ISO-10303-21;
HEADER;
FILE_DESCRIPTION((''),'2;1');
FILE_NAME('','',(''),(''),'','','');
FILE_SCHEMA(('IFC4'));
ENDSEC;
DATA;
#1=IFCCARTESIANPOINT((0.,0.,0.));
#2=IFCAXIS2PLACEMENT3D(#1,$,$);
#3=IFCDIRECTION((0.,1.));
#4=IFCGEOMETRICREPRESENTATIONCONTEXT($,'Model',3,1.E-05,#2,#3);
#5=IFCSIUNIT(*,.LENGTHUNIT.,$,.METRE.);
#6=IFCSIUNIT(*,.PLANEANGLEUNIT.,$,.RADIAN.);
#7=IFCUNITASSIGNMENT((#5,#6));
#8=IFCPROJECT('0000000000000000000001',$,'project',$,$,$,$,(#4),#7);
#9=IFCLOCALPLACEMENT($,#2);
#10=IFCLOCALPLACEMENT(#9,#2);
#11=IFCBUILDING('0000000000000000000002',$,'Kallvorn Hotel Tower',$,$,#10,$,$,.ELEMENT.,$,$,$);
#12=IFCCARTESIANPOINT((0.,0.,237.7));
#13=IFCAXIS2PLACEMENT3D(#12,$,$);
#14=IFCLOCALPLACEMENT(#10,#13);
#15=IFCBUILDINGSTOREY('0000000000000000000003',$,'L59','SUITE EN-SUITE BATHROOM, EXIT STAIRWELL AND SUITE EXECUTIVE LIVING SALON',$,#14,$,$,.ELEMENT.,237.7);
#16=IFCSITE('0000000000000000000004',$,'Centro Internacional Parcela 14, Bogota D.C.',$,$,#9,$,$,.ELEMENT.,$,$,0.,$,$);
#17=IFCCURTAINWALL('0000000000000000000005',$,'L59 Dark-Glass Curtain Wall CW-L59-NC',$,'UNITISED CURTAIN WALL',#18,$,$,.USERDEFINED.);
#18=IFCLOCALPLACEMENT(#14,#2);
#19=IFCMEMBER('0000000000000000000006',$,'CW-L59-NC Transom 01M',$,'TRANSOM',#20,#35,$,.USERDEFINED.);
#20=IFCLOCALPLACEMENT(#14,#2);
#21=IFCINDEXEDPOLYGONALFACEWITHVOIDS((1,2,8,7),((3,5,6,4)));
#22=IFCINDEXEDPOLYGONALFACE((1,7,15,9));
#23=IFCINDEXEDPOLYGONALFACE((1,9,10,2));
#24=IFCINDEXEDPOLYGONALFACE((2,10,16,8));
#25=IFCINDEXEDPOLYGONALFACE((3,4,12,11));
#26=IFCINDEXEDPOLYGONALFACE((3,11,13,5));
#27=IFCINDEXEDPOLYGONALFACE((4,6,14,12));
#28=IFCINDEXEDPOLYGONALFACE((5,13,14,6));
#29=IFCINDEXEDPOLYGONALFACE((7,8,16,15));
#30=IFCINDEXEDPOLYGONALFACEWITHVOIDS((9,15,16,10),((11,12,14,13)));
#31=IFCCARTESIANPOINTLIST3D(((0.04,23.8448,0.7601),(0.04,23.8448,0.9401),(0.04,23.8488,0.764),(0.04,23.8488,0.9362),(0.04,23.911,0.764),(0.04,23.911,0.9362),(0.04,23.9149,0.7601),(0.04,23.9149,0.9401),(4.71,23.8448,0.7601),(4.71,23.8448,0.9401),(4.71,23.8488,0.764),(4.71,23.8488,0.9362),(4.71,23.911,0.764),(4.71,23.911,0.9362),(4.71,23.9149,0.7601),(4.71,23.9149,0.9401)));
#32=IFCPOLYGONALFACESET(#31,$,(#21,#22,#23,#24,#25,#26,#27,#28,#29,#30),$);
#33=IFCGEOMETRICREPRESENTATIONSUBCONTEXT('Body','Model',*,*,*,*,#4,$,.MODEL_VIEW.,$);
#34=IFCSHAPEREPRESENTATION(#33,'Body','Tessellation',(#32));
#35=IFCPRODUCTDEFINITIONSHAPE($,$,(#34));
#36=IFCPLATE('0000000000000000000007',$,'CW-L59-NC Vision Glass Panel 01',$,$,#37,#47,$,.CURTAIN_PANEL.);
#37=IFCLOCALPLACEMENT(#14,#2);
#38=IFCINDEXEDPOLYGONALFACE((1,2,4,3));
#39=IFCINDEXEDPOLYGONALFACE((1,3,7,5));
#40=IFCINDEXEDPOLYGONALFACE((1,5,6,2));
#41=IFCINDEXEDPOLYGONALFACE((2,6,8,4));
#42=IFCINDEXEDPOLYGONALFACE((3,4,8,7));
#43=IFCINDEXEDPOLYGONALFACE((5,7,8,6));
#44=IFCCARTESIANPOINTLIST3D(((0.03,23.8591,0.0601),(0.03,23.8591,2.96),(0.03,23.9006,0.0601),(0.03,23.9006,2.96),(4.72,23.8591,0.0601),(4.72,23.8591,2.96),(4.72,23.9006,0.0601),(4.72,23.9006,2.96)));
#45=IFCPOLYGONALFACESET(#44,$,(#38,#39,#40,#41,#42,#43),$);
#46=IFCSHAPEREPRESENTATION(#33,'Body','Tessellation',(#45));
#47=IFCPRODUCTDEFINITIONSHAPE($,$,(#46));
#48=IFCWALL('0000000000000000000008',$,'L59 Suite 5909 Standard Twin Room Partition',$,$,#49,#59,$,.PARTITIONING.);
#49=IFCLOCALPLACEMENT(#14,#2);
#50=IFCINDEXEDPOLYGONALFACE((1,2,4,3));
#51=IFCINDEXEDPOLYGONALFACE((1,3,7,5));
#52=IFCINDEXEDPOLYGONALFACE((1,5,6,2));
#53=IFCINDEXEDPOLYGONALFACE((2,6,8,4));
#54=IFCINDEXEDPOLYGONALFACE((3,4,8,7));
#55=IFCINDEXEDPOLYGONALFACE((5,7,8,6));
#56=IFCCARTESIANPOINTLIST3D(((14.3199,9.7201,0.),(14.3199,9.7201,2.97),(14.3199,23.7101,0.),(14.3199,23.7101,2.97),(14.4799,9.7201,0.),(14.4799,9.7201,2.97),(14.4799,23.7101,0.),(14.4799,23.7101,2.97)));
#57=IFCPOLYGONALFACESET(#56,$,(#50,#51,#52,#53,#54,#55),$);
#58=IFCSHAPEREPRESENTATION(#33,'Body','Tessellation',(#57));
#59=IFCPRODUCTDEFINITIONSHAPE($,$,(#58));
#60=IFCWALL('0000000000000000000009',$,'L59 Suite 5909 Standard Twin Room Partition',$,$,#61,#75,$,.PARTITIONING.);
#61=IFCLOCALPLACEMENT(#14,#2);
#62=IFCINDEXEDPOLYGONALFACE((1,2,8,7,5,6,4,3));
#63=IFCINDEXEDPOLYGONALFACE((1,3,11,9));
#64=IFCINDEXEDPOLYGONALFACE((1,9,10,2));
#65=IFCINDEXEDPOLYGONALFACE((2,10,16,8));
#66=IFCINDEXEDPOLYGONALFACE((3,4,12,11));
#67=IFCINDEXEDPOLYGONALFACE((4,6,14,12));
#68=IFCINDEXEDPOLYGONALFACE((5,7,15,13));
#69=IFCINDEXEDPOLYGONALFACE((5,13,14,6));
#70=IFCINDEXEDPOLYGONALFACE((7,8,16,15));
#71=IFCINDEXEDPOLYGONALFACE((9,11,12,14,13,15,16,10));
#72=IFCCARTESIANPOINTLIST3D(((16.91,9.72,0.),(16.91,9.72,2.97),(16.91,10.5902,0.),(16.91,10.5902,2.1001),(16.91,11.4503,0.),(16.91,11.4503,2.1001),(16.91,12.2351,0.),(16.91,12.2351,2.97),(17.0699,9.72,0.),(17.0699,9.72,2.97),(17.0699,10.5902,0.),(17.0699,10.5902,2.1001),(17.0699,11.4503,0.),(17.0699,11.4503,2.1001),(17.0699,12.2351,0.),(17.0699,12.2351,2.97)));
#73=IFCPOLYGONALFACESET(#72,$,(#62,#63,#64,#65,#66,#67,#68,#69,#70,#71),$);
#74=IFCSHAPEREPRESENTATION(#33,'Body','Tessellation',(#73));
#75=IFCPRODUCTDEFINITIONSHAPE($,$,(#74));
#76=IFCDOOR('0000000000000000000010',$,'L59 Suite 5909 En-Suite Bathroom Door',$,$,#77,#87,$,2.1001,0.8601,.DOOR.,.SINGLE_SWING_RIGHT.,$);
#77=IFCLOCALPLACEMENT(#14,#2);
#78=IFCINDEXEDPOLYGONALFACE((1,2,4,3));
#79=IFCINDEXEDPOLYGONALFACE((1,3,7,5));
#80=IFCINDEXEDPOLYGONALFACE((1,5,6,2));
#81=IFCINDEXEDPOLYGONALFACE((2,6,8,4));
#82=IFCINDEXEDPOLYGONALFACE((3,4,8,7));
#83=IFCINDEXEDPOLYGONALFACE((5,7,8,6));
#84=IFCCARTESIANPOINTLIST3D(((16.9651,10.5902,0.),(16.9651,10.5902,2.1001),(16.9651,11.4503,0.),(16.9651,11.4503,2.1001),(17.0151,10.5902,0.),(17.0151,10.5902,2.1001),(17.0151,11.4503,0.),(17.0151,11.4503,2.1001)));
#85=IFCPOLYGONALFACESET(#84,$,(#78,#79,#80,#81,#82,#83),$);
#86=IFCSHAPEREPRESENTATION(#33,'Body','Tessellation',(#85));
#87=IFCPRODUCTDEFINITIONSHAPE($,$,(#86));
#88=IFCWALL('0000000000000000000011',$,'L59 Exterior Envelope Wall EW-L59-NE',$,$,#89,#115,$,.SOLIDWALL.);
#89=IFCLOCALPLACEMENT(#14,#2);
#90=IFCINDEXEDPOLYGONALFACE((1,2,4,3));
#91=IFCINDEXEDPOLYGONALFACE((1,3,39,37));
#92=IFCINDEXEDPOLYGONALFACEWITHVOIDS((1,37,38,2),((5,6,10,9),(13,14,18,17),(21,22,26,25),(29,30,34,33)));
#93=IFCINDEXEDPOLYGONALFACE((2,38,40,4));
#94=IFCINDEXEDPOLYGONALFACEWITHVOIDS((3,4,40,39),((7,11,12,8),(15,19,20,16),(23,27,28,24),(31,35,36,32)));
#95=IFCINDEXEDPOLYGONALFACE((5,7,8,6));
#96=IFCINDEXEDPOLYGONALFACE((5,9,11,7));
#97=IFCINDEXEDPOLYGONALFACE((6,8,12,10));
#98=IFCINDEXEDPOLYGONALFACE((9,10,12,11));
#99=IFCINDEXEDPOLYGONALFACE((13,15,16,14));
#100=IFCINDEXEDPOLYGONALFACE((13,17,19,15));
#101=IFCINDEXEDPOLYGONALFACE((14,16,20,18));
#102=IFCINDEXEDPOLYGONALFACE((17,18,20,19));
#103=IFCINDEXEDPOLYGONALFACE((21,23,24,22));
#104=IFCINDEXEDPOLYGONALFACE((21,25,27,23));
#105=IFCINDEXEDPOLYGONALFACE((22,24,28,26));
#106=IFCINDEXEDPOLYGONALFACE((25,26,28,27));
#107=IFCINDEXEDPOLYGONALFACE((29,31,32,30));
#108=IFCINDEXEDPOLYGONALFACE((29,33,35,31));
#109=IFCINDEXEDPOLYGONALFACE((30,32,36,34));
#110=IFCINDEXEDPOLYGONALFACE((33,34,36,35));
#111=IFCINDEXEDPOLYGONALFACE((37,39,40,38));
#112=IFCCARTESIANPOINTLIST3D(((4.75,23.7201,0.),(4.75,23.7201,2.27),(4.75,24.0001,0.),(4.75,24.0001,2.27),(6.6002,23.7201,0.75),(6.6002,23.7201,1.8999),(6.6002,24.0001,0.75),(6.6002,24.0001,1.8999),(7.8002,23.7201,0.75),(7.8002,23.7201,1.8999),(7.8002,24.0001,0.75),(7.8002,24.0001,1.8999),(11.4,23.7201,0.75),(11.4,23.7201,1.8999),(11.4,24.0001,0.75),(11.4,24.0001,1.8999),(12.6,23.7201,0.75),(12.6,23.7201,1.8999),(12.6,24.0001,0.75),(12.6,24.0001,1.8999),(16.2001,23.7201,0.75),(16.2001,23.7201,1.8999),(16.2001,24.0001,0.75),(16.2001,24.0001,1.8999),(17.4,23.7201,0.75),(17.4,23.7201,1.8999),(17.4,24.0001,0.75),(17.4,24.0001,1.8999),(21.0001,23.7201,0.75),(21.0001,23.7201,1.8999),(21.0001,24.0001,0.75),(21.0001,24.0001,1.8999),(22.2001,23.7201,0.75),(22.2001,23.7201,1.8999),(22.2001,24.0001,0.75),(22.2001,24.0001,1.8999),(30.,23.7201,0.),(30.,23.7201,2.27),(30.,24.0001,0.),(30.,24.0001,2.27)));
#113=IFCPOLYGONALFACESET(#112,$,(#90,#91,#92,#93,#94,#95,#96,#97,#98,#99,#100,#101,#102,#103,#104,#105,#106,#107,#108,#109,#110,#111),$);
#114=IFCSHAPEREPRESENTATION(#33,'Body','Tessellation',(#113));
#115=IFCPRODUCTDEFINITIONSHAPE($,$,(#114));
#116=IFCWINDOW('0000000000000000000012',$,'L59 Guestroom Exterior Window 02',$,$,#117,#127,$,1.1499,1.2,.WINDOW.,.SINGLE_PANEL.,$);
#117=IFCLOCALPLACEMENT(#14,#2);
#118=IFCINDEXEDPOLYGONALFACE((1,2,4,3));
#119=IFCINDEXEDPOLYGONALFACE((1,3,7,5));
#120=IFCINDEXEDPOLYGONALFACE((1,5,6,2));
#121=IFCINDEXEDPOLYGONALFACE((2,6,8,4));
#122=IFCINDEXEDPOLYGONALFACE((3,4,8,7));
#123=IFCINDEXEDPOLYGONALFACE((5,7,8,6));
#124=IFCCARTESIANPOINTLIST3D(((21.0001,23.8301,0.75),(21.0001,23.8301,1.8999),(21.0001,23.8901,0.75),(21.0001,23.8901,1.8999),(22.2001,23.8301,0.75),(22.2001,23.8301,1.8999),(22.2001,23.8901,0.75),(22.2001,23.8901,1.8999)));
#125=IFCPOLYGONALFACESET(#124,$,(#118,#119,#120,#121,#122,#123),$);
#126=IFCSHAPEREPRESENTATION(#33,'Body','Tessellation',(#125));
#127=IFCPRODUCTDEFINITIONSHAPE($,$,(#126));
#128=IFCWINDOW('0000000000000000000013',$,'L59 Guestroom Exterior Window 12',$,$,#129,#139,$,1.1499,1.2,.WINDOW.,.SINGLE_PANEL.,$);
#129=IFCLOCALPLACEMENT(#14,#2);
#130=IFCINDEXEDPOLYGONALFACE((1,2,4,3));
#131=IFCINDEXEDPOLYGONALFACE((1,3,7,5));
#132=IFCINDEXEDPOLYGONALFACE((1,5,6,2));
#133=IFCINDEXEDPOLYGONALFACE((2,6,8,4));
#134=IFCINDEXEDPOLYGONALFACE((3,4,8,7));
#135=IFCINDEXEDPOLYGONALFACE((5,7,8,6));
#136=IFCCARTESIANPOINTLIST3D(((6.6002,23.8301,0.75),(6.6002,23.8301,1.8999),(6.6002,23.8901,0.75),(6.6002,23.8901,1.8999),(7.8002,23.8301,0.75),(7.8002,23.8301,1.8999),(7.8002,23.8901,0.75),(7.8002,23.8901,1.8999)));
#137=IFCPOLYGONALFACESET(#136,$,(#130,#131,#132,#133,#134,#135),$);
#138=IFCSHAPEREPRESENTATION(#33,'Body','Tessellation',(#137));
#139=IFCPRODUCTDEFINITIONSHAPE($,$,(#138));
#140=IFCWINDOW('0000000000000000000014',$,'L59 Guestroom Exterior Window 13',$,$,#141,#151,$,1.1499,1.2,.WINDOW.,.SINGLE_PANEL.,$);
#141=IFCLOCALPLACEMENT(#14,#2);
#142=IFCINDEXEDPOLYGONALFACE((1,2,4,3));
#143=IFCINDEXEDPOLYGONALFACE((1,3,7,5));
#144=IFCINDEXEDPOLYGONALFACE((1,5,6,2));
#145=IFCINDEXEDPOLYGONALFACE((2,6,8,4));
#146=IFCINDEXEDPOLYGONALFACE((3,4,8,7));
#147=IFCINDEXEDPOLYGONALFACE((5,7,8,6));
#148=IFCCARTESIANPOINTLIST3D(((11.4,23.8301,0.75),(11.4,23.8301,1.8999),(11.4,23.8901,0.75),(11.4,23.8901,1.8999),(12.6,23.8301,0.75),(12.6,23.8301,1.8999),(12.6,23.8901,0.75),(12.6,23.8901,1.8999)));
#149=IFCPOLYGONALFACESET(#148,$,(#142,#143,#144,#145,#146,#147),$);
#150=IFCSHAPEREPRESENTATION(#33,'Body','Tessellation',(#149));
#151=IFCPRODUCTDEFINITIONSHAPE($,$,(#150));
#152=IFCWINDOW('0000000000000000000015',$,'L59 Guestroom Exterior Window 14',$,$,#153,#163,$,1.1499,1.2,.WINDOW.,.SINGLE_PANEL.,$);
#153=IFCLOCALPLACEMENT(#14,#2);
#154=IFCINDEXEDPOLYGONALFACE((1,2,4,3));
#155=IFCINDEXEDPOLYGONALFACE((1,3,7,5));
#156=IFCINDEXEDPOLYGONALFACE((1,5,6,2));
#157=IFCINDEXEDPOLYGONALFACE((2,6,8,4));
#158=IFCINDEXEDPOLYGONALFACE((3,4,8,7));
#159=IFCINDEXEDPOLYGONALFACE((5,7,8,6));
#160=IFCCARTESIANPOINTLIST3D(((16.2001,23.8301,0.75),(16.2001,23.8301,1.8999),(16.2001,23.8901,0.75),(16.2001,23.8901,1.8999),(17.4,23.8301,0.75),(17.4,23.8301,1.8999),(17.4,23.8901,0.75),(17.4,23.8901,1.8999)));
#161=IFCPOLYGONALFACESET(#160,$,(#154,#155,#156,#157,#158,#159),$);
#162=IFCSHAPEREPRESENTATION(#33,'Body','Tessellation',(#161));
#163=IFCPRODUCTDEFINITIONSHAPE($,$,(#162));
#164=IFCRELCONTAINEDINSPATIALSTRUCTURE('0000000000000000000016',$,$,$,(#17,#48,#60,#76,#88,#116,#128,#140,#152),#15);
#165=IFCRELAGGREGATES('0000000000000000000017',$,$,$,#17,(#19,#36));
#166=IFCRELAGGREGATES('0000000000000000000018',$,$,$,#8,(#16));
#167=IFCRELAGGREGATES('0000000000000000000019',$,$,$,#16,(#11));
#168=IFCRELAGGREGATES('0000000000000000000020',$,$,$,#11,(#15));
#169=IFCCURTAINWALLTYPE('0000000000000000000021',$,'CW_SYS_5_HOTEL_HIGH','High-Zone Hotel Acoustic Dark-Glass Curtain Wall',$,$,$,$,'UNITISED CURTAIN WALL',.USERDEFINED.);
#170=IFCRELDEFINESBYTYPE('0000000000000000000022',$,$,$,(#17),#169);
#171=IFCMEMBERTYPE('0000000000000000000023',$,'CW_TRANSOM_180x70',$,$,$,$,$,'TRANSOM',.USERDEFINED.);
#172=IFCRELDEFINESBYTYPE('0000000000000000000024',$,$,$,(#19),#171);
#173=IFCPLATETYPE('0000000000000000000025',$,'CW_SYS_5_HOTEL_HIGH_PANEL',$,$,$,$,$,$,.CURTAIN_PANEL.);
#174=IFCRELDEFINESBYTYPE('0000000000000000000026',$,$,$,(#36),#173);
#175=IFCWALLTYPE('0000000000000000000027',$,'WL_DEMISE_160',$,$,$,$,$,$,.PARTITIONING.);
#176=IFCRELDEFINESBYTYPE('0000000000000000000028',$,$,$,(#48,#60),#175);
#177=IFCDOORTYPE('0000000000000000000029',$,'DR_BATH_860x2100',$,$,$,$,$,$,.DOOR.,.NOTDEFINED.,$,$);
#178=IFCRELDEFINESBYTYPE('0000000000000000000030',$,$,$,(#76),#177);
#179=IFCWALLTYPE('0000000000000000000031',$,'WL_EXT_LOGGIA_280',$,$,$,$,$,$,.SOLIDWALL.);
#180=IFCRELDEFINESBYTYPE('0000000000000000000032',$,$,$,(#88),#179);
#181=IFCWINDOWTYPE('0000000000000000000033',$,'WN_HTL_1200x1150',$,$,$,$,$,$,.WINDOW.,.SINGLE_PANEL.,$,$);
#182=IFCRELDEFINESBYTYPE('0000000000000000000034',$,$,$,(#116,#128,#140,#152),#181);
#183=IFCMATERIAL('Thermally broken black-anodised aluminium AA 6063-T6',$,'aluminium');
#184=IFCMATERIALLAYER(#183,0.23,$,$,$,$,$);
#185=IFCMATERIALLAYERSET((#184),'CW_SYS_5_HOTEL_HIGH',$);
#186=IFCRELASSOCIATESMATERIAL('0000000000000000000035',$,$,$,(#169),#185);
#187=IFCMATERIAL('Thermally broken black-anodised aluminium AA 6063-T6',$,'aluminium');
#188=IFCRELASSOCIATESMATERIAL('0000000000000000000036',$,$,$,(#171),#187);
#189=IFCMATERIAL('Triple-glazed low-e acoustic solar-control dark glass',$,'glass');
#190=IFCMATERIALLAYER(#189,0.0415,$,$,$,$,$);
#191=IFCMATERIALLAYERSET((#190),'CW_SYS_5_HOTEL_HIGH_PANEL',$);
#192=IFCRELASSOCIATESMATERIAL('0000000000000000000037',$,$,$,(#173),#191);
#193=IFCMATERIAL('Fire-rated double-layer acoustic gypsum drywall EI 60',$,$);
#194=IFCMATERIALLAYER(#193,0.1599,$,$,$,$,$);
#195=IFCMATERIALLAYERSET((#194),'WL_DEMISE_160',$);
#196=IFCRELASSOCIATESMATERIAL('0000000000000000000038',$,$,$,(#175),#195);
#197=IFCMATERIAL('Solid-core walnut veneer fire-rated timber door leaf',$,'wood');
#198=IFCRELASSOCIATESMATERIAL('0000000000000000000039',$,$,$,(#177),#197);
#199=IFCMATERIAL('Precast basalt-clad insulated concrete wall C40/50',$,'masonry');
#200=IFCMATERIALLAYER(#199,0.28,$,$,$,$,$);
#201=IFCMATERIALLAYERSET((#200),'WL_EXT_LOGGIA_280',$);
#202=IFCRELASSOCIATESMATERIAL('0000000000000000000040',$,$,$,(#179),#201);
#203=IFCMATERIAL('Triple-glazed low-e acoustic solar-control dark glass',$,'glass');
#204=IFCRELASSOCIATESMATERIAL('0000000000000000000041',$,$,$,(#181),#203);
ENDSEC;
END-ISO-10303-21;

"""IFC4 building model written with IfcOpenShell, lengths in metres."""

from ifc_helpers import new_model, si_unit, direction, frame, frame_2d, origin, origin_2d, place, context, subcontext, project, spatial, rectangle, hollow_rectangle, extrude, material, layer, layer_set, material_profile, profile_set, type_object, element, fill, aggregate, save


model = new_model("IFC4")

# Units and contexts
model_context = context("Model", 3, precision=1e-05, world=origin(), true_north=direction((0.0, 1.0)))
body_context = subcontext(model_context, "Body", "Model", "MODEL_VIEW")
ifc_project = project(units=[si_unit("LENGTHUNIT", "METRE"), si_unit("PLANEANGLEUNIT", "RADIAN")], contexts=[model_context])

# Site, building, storey
site_placement = place(None, origin())
site = spatial("IfcSite", under=ifc_project, at=site_placement, Name="Centro Internacional Parcela 14, Bogota D.C.", CompositionType="ELEMENT", RefElevation=0.0)
building_placement = place(site_placement, origin())
building = spatial("IfcBuilding", under=site, at=building_placement, Name="Kallvorn Hotel Tower", CompositionType="ELEMENT")
storey_placement = place(building_placement, frame((0.0, 0.0, 237.7)))
storey = spatial("IfcBuildingStorey", under=building, at=storey_placement, Name="L59", Description="SUITE EN-SUITE BATHROOM, EXIT STAIRWELL AND SUITE EXECUTIVE LIVING SALON", CompositionType="ELEMENT", Elevation=237.7)

# Curtain wall, member, plate
ifc_material_1 = material(Name="Thermally broken black-anodised aluminium AA 6063-T6", Category="aluminium")
ifc_layer_1 = layer(ifc_material_1, 0.23)
ifc_layer_set_1 = layer_set([ifc_layer_1], Name="CW_SYS_5_HOTEL_HIGH")
curtain_wall_type = type_object("IfcCurtainWallType", Name="CW_SYS_5_HOTEL_HIGH", Description="High-Zone Hotel Acoustic Dark-Glass Curtain Wall", ElementType="UNITISED CURTAIN WALL", PredefinedType="USERDEFINED", material=ifc_layer_set_1)
curtain_wall_placement = place(storey_placement, origin())
curtain_wall = element("IfcCurtainWall", 1, at=curtain_wall_placement, inside=storey, type_object=curtain_wall_type, Name="L59 Dark-Glass Curtain Wall CW-L59-NC", ObjectType="UNITISED CURTAIN WALL", PredefinedType="USERDEFINED")
ifc_material_2 = material(Name="Thermally broken black-anodised aluminium AA 6063-T6", Category="aluminium")
ifc_material_profile_1 = material_profile(ifc_material_2, hollow_rectangle(XDim=0.0701, YDim=0.1799, WallThickness=0.0039, at=origin_2d()), Name="TRN 180x70")
ifc_profile_set_1 = profile_set([ifc_material_profile_1], Name="Thermally broken black-anodised aluminium AA 6063-T6")
member_type_1 = type_object("IfcMemberType", Name="CW_TRANSOM_180x70", ElementType="TRANSOM", PredefinedType="USERDEFINED", material=ifc_profile_set_1)
member_1_placement = place(storey_placement, frame((0.04, 23.8799, 0.8501), z_axis=(1.0, 0.0, 0.0), x_axis=(0.0, 1.0, 0.0)))
member_1 = element("IfcMember", 2, at=member_1_placement, type_object=member_type_1, Name="CW-L59-NC Transom 01M", ObjectType="TRANSOM", PredefinedType="USERDEFINED", context=body_context, shape_type="SweptSolid", body=[
    extrude(hollow_rectangle(XDim=0.0701, YDim=0.1799, WallThickness=0.0039, at=origin_2d()), origin(), (0.0, 0.0, 1.0), 4.6699),
])
ifc_material_3 = material(Name="Triple-glazed low-e acoustic solar-control dark glass", Category="glass")
ifc_layer_2 = layer(ifc_material_3, 0.0415)
ifc_layer_set_2 = layer_set([ifc_layer_2], Name="CW_SYS_5_HOTEL_HIGH_PANEL")
plate_type = type_object("IfcPlateType", Name="CW_SYS_5_HOTEL_HIGH_PANEL", PredefinedType="CURTAIN_PANEL", material=ifc_layer_set_2)
plate_placement = place(storey_placement, frame((2.375, 23.8799, 0.0601), z_axis=(0.0, 0.0, 1.0), x_axis=(1.0, 0.0, 0.0)))
plate = element("IfcPlate", 3, at=plate_placement, type_object=plate_type, Name="CW-L59-NC Vision Glass Panel 01", PredefinedType="CURTAIN_PANEL", context=body_context, shape_type="SweptSolid", body=[
    extrude(rectangle(XDim=4.6899, YDim=0.0415, at=origin_2d()), origin(), (0.0, 0.0, 1.0), 2.8999),
])
aggregate(curtain_wall, [member_1, plate])

# Wall
ifc_material_4 = material(Name="Fire-rated double-layer acoustic gypsum drywall EI 60")
ifc_layer_3 = layer(ifc_material_4, 0.1599)
ifc_layer_set_3 = layer_set([ifc_layer_3], Name="WL_DEMISE_160")
wall_type_1 = type_object("IfcWallType", Name="WL_DEMISE_160", PredefinedType="PARTITIONING", material=ifc_layer_set_3)
wall_1_placement = place(storey_placement, frame((14.3999, 9.72, 0.0), z_axis=(0.0, 0.0, 1.0), x_axis=(0.0, 1.0, 0.0)))
element("IfcWall", 4, at=wall_1_placement, inside=storey, type_object=wall_type_1, Name="L59 Suite 5909 Standard Twin Room Partition", PredefinedType="PARTITIONING", context=body_context, shape_type="SweptSolid", body=[
    extrude(rectangle(XDim=13.99, YDim=0.1599, at=frame_2d((6.9951, 0.0))), origin(), (0.0, 0.0, 1.0), 2.97),
])

# Wall, opening, door
wall_2_placement = place(storey_placement, frame((16.99, 9.72, 0.0), z_axis=(0.0, 0.0, 1.0), x_axis=(0.0, 1.0, 0.0)))
wall_2 = element("IfcWall", 5, at=wall_2_placement, inside=storey, type_object=wall_type_1, Name="L59 Suite 5909 Standard Twin Room Partition", PredefinedType="PARTITIONING", context=body_context, shape_type="SweptSolid", body=[
    extrude(rectangle(XDim=2.5151, YDim=0.1599, at=frame_2d((1.2576, 0.0))), origin(), (0.0, 0.0, 1.0), 2.97),
])
opening_1_placement = place(wall_2_placement, frame((0.8701, 0.0, 0.0)))
opening_1 = element("IfcOpeningElement", 6, at=opening_1_placement, cuts=wall_2, PredefinedType="OPENING", context=body_context, shape_type="SweptSolid", body=[
    extrude(rectangle(XDim=0.8601, YDim=2.1001, at=frame_2d((0.4302, 1.05))), frame((0.0, 0.095, 0.0), z_axis=(0.0, -1.0, 0.0), x_axis=(1.0, 0.0, 0.0)), (0.0, 0.0, 1.0), 0.1899),
])
ifc_material_5 = material(Name="Solid-core walnut veneer fire-rated timber door leaf", Category="wood")
door_type = type_object("IfcDoorType", Name="DR_BATH_860x2100", OperationType="NOTDEFINED", PredefinedType="DOOR", material=ifc_material_5)
door_placement = place(opening_1_placement, origin())
door = element("IfcDoor", 7, at=door_placement, inside=storey, type_object=door_type, Name="L59 Suite 5909 En-Suite Bathroom Door", OperationType="SINGLE_SWING_RIGHT", OverallHeight=2.1001, OverallWidth=0.8601, PredefinedType="DOOR", context=body_context, shape_type="SweptSolid", body=[
    extrude(rectangle(XDim=0.8601, YDim=2.1001, at=frame_2d((0.4302, 1.05))), frame((0.0, 0.0249, 0.0), z_axis=(0.0, -1.0, 0.0), x_axis=(1.0, 0.0, 0.0)), (0.0, 0.0, 1.0), 0.05),
])
fill(opening_1, door)

# Wall, openings, windows
ifc_material_6 = material(Name="Precast basalt-clad insulated concrete wall C40/50", Category="masonry")
ifc_layer_4 = layer(ifc_material_6, 0.28)
ifc_layer_set_4 = layer_set([ifc_layer_4], Name="WL_EXT_LOGGIA_280")
wall_type_2 = type_object("IfcWallType", Name="WL_EXT_LOGGIA_280", PredefinedType="SOLIDWALL", material=ifc_layer_set_4)
wall_3_placement = place(storey_placement, frame((4.75, 23.8601, 0.0), z_axis=(0.0, 0.0, 1.0), x_axis=(1.0, 0.0, 0.0)))
wall_3 = element("IfcWall", 8, at=wall_3_placement, inside=storey, type_object=wall_type_2, Name="L59 Exterior Envelope Wall EW-L59-NE", PredefinedType="SOLIDWALL", context=body_context, shape_type="SweptSolid", body=[
    extrude(rectangle(XDim=25.25, YDim=0.28, at=frame_2d((12.625, 0.0))), origin(), (0.0, 0.0, 1.0), 2.27),
])
opening_2_placement = place(wall_3_placement, frame((16.25, 0.0, 0.75)))
opening_2 = element("IfcOpeningElement", 9, at=opening_2_placement, cuts=wall_3, PredefinedType="OPENING", context=body_context, shape_type="SweptSolid", body=[
    extrude(rectangle(XDim=1.2, YDim=1.1499, at=frame_2d((0.6001, 0.575))), frame((0.0, 0.155, 0.0), z_axis=(0.0, -1.0, 0.0), x_axis=(1.0, 0.0, 0.0)), (0.0, 0.0, 1.0), 0.3101),
])
opening_3_placement = place(wall_3_placement, frame((1.8501, 0.0, 0.75)))
opening_3 = element("IfcOpeningElement", 10, at=opening_3_placement, cuts=wall_3, PredefinedType="OPENING", context=body_context, shape_type="SweptSolid", body=[
    extrude(rectangle(XDim=1.2, YDim=1.1499, at=frame_2d((0.6001, 0.575))), frame((0.0, 0.155, 0.0), z_axis=(0.0, -1.0, 0.0), x_axis=(1.0, 0.0, 0.0)), (0.0, 0.0, 1.0), 0.3101),
])
opening_4_placement = place(wall_3_placement, frame((6.6499, 0.0, 0.75)))
opening_4 = element("IfcOpeningElement", 11, at=opening_4_placement, cuts=wall_3, PredefinedType="OPENING", context=body_context, shape_type="SweptSolid", body=[
    extrude(rectangle(XDim=1.2, YDim=1.1499, at=frame_2d((0.6001, 0.575))), frame((0.0, 0.155, 0.0), z_axis=(0.0, -1.0, 0.0), x_axis=(1.0, 0.0, 0.0)), (0.0, 0.0, 1.0), 0.3101),
])
opening_5_placement = place(wall_3_placement, frame((11.45, 0.0, 0.75)))
opening_5 = element("IfcOpeningElement", 12, at=opening_5_placement, cuts=wall_3, PredefinedType="OPENING", context=body_context, shape_type="SweptSolid", body=[
    extrude(rectangle(XDim=1.2, YDim=1.1499, at=frame_2d((0.6001, 0.575))), frame((0.0, 0.155, 0.0), z_axis=(0.0, -1.0, 0.0), x_axis=(1.0, 0.0, 0.0)), (0.0, 0.0, 1.0), 0.3101),
])
ifc_material_7 = material(Name="Triple-glazed low-e acoustic solar-control dark glass", Category="glass")
window_type = type_object("IfcWindowType", Name="WN_HTL_1200x1150", PartitioningType="SINGLE_PANEL", PredefinedType="WINDOW", material=ifc_material_7)
window_1_placement = place(opening_2_placement, origin())
window_1 = element("IfcWindow", 13, at=window_1_placement, inside=storey, type_object=window_type, Name="L59 Guestroom Exterior Window 02", OverallHeight=1.1499, OverallWidth=1.2, PartitioningType="SINGLE_PANEL", PredefinedType="WINDOW", context=body_context, shape_type="SweptSolid", body=[
    extrude(rectangle(XDim=1.2, YDim=1.1499, at=frame_2d((0.6001, 0.575))), frame((0.0, 0.03, 0.0), z_axis=(0.0, -1.0, 0.0), x_axis=(1.0, 0.0, 0.0)), (0.0, 0.0, 1.0), 0.0601),
])
fill(opening_2, window_1)
window_2_placement = place(opening_3_placement, origin())
window_2 = element("IfcWindow", 14, at=window_2_placement, inside=storey, type_object=window_type, Name="L59 Guestroom Exterior Window 12", OverallHeight=1.1499, OverallWidth=1.2, PartitioningType="SINGLE_PANEL", PredefinedType="WINDOW", context=body_context, shape_type="SweptSolid", body=[
    extrude(rectangle(XDim=1.2, YDim=1.1499, at=frame_2d((0.6001, 0.575))), frame((0.0, 0.03, 0.0), z_axis=(0.0, -1.0, 0.0), x_axis=(1.0, 0.0, 0.0)), (0.0, 0.0, 1.0), 0.0601),
])
fill(opening_3, window_2)
window_3_placement = place(opening_4_placement, origin())
window_3 = element("IfcWindow", 15, at=window_3_placement, inside=storey, type_object=window_type, Name="L59 Guestroom Exterior Window 13", OverallHeight=1.1499, OverallWidth=1.2, PartitioningType="SINGLE_PANEL", PredefinedType="WINDOW", context=body_context, shape_type="SweptSolid", body=[
    extrude(rectangle(XDim=1.2, YDim=1.1499, at=frame_2d((0.6001, 0.575))), frame((0.0, 0.03, 0.0), z_axis=(0.0, -1.0, 0.0), x_axis=(1.0, 0.0, 0.0)), (0.0, 0.0, 1.0), 0.0601),
])
fill(opening_4, window_3)
window_4_placement = place(opening_5_placement, origin())
window_4 = element("IfcWindow", 16, at=window_4_placement, inside=storey, type_object=window_type, Name="L59 Guestroom Exterior Window 14", OverallHeight=1.1499, OverallWidth=1.2, PartitioningType="SINGLE_PANEL", PredefinedType="WINDOW", context=body_context, shape_type="SweptSolid", body=[
    extrude(rectangle(XDim=1.2, YDim=1.1499, at=frame_2d((0.6001, 0.575))), frame((0.0, 0.03, 0.0), z_axis=(0.0, -1.0, 0.0), x_axis=(1.0, 0.0, 0.0)), (0.0, 0.0, 1.0), 0.0601),
])
fill(opening_5, window_4)

save(model, "model.ifc")
